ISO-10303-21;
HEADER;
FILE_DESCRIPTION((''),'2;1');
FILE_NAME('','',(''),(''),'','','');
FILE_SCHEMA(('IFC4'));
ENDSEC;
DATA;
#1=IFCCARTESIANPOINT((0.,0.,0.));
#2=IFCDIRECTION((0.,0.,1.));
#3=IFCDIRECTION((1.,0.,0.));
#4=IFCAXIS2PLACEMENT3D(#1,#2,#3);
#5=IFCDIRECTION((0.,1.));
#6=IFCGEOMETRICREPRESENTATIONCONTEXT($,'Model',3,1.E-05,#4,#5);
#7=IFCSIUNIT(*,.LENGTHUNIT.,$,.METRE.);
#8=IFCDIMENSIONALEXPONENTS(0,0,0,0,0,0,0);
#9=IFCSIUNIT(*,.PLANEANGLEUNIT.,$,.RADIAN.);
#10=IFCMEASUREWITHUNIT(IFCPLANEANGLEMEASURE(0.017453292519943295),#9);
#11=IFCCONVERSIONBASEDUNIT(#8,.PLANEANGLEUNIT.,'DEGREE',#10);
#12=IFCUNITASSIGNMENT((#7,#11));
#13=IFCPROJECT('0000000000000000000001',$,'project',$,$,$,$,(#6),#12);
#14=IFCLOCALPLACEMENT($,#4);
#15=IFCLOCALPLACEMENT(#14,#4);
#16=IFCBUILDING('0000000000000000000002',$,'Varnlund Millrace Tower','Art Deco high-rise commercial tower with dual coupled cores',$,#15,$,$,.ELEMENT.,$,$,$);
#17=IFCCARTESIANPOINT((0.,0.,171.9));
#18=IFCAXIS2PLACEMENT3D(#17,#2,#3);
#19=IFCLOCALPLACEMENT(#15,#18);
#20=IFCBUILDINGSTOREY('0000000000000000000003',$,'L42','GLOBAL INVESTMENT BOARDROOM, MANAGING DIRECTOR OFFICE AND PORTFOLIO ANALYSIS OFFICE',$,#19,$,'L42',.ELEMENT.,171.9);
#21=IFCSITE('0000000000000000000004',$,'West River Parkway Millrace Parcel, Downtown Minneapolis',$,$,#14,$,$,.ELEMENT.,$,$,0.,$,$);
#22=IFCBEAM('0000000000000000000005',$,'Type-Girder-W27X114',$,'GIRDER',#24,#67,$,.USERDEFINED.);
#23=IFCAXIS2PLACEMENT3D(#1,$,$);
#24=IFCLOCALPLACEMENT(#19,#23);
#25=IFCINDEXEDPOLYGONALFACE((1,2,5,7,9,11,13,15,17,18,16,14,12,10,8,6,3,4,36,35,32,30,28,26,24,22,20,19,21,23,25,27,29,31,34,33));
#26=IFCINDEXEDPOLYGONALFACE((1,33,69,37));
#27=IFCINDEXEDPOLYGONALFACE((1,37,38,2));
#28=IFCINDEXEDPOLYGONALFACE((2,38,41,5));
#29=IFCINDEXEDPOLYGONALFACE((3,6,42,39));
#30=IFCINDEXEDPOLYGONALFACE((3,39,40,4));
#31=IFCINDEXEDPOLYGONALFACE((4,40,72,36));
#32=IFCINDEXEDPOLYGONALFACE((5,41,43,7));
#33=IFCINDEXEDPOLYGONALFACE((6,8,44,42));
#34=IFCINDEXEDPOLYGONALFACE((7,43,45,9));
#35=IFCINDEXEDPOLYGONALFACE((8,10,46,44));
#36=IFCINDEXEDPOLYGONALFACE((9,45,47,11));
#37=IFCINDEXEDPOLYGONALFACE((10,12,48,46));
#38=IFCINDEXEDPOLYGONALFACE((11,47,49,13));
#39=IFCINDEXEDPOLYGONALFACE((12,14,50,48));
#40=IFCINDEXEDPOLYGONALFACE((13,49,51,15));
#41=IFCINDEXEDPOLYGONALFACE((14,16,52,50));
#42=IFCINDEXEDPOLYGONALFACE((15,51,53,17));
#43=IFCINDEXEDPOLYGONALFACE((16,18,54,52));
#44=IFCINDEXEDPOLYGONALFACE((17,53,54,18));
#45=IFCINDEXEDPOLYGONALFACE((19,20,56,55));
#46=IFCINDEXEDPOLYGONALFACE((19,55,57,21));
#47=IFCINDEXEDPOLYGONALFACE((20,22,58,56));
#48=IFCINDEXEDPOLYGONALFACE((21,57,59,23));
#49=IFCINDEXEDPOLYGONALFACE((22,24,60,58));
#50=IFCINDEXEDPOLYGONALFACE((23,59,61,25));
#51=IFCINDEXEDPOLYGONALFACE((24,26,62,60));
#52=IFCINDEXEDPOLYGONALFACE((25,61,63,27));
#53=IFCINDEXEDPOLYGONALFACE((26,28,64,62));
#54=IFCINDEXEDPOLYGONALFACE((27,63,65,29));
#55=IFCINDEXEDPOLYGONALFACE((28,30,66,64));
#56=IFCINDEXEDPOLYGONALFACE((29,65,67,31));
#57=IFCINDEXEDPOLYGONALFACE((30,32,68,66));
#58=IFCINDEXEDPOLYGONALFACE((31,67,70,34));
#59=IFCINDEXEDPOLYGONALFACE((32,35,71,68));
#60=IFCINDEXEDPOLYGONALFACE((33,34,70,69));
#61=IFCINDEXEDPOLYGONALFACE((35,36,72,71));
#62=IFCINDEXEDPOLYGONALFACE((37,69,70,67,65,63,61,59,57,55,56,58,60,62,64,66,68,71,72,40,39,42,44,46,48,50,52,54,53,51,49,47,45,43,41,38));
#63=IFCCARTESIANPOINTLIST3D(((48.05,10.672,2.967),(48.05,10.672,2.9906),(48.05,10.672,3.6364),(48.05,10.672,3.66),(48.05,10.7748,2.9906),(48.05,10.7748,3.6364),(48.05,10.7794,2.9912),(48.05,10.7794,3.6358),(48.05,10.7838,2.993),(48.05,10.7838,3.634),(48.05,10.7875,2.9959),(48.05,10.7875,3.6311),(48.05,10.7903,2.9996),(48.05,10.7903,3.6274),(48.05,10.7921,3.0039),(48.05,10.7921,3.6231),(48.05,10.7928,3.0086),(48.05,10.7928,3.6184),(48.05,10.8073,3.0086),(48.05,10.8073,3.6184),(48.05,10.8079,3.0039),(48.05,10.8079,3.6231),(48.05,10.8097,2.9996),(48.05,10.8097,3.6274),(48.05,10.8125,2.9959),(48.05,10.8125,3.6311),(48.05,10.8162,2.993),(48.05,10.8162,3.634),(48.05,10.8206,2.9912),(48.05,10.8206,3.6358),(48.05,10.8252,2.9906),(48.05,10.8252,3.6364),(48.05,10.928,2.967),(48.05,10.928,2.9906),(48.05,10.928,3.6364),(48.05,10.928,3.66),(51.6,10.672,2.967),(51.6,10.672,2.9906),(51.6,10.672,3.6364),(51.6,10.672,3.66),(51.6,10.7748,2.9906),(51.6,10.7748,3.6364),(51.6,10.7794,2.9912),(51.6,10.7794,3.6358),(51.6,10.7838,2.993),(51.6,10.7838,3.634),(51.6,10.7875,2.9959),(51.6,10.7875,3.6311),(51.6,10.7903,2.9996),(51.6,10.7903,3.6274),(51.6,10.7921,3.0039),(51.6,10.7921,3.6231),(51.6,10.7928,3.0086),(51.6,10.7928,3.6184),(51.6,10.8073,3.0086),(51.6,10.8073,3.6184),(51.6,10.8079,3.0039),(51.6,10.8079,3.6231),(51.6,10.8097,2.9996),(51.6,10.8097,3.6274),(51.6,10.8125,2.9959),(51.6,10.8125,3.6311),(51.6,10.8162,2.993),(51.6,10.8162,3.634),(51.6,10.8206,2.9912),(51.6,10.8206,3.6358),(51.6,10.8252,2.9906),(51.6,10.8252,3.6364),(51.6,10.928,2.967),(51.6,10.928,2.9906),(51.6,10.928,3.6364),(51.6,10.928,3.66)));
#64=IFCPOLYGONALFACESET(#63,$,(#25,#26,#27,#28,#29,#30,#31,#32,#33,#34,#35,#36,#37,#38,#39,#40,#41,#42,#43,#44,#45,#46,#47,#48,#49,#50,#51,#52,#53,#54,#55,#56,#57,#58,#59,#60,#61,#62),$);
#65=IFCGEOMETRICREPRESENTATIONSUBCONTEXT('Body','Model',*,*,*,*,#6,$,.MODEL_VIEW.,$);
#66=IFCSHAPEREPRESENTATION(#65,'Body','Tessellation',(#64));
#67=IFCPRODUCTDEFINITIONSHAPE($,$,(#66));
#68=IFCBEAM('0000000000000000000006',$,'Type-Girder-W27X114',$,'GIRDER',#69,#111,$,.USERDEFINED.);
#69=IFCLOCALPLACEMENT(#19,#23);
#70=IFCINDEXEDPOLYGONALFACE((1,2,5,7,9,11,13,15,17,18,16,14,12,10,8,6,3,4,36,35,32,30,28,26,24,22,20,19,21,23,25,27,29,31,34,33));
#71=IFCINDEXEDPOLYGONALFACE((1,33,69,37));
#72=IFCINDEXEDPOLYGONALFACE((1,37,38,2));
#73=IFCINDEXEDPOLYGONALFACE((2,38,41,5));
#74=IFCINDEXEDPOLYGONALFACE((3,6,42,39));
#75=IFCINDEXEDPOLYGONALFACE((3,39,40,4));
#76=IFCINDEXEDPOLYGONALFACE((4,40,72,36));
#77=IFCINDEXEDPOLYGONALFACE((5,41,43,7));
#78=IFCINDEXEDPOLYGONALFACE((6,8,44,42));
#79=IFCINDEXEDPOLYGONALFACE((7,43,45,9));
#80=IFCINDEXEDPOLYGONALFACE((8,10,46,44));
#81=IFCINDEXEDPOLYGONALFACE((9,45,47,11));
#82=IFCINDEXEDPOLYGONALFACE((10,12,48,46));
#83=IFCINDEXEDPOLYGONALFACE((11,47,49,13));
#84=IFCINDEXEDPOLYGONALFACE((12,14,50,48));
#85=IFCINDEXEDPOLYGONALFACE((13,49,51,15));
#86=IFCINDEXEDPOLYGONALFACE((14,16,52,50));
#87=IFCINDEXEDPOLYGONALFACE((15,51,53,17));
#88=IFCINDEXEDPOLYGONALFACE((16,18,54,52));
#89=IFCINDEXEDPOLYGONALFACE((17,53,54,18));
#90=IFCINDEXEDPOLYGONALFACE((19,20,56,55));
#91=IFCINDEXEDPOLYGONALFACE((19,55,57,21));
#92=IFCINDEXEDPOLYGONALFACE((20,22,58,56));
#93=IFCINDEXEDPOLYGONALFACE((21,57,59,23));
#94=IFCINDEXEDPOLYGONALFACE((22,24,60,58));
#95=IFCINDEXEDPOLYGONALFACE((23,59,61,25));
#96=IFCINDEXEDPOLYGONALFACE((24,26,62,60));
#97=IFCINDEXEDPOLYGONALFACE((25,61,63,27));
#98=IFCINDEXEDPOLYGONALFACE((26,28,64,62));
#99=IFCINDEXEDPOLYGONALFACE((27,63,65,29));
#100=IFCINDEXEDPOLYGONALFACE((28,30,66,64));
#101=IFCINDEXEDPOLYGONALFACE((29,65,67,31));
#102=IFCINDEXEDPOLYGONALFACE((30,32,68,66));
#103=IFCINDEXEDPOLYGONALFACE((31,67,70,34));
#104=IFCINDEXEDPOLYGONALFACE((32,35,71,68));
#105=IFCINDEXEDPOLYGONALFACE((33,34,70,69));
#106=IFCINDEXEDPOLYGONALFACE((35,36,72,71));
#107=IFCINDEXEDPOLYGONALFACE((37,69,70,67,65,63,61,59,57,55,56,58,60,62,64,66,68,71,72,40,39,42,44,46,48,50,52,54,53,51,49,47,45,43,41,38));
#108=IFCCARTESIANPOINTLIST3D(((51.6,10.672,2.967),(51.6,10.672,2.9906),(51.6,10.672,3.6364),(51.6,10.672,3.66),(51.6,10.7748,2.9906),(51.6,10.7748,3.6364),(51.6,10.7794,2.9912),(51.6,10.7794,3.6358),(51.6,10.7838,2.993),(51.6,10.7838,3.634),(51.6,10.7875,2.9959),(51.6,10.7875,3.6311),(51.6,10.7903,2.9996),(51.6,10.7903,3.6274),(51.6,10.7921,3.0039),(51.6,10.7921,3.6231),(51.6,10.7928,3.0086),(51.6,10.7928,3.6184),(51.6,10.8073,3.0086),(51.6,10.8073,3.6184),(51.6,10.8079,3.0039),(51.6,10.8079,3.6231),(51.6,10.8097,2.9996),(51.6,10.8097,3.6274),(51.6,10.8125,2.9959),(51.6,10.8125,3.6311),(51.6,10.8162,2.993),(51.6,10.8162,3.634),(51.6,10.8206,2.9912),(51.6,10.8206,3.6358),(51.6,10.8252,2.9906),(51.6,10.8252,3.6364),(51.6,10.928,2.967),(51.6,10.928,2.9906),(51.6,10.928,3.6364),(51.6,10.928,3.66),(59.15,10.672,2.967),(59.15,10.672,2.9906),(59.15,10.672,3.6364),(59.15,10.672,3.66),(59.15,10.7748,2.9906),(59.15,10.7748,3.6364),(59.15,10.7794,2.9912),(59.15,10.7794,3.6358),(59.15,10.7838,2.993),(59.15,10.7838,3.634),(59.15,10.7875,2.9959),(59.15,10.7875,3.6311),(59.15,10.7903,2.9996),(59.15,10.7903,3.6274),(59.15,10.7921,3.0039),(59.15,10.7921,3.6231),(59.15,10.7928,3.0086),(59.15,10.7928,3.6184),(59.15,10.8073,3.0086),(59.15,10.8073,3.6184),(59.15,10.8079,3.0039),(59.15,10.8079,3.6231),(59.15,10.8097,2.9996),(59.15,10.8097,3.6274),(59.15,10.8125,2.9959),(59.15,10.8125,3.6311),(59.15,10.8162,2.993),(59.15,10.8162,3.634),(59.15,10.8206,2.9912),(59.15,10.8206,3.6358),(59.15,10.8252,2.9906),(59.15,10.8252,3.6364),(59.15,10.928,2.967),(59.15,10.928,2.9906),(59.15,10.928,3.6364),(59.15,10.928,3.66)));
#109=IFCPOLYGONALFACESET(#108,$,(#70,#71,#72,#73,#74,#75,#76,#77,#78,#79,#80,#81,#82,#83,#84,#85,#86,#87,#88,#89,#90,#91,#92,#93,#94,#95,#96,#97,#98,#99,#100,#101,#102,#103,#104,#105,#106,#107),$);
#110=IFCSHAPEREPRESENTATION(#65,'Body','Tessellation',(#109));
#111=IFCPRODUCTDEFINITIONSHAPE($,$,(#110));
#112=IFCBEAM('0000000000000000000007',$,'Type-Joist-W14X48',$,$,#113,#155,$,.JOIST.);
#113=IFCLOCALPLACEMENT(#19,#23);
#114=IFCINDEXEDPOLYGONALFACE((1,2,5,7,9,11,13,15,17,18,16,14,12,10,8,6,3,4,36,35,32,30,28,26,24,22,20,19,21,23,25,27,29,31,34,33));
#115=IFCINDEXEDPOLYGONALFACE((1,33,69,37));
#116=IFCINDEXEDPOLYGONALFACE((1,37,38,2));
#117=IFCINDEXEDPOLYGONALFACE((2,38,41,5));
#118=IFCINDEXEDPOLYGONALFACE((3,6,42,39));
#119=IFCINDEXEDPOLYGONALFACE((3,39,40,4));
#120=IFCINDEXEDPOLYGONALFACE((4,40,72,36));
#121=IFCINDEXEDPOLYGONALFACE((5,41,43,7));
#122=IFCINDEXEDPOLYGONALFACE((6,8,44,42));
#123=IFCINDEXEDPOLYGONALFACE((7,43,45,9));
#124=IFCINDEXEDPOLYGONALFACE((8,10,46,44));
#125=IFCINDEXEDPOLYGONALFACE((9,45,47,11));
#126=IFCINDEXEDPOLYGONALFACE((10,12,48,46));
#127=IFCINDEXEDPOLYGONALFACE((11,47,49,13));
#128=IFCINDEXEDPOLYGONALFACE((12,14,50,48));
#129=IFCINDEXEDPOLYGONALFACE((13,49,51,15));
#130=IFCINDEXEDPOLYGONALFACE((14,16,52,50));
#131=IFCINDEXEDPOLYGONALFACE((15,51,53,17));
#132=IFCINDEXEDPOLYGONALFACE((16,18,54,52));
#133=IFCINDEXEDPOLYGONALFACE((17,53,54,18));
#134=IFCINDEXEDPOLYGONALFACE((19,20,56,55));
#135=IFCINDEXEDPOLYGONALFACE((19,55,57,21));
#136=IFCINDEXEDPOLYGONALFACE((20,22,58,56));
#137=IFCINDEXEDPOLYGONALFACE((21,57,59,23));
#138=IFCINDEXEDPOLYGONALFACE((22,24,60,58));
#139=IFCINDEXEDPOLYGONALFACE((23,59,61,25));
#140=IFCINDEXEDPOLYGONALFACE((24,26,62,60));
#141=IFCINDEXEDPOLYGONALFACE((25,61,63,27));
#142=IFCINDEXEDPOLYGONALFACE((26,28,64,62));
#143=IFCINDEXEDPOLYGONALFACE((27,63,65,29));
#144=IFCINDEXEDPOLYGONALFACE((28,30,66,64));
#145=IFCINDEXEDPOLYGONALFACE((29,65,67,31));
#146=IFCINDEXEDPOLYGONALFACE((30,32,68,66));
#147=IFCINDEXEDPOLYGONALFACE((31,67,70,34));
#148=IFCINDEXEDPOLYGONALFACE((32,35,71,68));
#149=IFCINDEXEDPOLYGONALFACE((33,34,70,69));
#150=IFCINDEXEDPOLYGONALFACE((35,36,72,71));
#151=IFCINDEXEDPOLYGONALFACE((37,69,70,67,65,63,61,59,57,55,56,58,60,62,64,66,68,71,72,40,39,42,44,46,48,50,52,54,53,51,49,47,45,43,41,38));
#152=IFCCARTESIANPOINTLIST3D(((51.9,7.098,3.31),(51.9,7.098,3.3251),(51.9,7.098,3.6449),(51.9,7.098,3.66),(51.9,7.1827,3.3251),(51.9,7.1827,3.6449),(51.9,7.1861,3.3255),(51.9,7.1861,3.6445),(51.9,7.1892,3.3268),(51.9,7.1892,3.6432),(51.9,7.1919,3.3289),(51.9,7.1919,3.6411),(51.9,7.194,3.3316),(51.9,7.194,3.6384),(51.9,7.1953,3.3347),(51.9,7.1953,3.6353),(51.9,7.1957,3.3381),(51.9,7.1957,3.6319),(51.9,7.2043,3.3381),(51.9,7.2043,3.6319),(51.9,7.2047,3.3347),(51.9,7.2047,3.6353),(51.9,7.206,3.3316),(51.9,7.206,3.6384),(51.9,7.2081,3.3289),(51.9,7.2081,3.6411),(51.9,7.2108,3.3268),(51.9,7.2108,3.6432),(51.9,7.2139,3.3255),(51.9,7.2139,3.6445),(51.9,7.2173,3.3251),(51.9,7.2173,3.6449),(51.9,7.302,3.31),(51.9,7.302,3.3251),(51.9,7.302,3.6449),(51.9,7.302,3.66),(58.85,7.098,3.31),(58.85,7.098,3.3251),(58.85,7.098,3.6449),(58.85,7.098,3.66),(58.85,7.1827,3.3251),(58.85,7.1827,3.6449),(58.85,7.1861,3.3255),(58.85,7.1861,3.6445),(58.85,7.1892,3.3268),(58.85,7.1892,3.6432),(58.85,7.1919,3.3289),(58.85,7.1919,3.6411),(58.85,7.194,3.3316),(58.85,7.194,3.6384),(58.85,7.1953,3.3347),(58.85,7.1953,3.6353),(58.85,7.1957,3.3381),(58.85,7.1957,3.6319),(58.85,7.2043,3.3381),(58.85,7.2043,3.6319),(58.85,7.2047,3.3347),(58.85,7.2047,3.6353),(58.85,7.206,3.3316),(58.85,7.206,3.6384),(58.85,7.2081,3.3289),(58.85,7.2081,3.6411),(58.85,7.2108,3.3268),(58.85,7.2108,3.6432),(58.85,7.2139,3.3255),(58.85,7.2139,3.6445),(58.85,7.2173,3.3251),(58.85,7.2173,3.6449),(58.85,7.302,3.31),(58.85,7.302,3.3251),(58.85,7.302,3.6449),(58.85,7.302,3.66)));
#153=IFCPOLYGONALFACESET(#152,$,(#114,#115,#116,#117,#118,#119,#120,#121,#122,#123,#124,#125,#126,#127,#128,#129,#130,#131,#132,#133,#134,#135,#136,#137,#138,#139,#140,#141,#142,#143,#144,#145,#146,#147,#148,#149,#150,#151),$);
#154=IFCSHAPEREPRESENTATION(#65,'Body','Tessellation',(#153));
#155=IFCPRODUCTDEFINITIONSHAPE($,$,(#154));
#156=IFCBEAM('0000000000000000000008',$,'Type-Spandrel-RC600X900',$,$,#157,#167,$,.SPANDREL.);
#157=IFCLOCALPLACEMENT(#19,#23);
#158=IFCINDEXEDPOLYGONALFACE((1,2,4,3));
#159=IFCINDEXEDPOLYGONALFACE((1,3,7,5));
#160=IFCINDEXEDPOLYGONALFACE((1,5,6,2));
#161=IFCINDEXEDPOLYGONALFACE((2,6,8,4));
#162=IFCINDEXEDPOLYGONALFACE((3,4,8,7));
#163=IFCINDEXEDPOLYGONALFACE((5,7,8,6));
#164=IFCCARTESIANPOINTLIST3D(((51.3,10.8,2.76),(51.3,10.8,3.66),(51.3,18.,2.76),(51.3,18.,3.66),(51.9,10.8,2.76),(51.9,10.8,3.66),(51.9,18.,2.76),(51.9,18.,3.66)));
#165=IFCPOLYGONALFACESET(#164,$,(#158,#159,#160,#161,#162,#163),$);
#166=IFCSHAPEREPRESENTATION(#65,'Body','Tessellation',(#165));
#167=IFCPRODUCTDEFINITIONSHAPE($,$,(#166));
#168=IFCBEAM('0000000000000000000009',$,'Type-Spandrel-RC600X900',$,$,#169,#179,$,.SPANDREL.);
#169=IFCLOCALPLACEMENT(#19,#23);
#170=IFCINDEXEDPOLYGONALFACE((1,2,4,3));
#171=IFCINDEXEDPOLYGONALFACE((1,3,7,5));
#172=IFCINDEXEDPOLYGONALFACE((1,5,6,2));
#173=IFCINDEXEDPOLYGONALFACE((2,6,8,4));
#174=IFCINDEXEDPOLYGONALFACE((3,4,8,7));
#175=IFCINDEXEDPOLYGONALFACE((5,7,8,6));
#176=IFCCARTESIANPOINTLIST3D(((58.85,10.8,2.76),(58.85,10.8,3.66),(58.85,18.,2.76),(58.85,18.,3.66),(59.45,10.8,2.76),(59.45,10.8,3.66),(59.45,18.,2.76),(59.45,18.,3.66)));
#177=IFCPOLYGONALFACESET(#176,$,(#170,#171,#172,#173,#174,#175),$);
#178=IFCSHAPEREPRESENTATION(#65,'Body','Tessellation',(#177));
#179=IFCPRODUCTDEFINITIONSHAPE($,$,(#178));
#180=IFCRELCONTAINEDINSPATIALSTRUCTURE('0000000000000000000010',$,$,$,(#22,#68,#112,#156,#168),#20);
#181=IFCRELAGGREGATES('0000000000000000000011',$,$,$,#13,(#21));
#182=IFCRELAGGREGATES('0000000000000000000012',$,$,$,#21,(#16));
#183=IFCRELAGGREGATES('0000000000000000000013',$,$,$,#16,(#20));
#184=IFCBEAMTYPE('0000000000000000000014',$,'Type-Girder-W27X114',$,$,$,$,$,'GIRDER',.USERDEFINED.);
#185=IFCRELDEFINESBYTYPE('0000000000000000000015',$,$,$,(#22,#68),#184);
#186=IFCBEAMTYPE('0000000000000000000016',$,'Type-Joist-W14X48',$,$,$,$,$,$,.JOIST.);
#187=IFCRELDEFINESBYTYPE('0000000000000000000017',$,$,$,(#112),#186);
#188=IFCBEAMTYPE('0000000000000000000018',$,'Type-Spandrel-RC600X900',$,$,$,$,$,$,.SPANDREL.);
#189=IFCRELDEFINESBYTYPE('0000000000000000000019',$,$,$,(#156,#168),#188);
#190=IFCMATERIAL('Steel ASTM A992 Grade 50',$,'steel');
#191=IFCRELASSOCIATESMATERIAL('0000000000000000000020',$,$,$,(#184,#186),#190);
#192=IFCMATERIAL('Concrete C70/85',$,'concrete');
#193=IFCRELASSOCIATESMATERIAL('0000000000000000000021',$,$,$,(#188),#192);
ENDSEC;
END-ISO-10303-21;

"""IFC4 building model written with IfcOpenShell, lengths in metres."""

from ifc_helpers import new_model, entity, si_unit, converted_unit, direction, frame, origin_with_axes, origin_2d_with_axis, place, context, subcontext, project, spatial, rectangle, i_section, extrude, material, material_profile, profile_set, type_object, element, save


model = new_model("IFC4")

# Units and contexts
model_context = context("Model", 3, precision=1e-05, world=origin_with_axes(), true_north=direction((0.0, 1.0)))
body_context = subcontext(model_context, "Body", "Model", "MODEL_VIEW")
ifc_project = project(units=[si_unit("LENGTHUNIT", "METRE"), converted_unit("PLANEANGLEUNIT", "DEGREE", entity("IfcPlaneAngleMeasure", 0.017453292519943295), si_unit("PLANEANGLEUNIT", "RADIAN"), dimensions=[0, 0, 0, 0, 0, 0, 0])], contexts=[model_context])

# Site, building, storey
site_placement = place(None, origin_with_axes())
site = spatial("IfcSite", under=ifc_project, at=site_placement, Name="West River Parkway Millrace Parcel, Downtown Minneapolis", CompositionType="ELEMENT", RefElevation=0.0)
building_placement = place(site_placement, origin_with_axes())
building = spatial("IfcBuilding", under=site, at=building_placement, Name="Varnlund Millrace Tower", Description="Art Deco high-rise commercial tower with dual coupled cores", CompositionType="ELEMENT")
storey_placement = place(building_placement, frame((0.0, 0.0, 171.9), z_axis=(0.0, 0.0, 1.0), x_axis=(1.0, 0.0, 0.0)))
storey = spatial("IfcBuildingStorey", under=building, at=storey_placement, Name="L42", Description="GLOBAL INVESTMENT BOARDROOM, MANAGING DIRECTOR OFFICE AND PORTFOLIO ANALYSIS OFFICE", LongName="L42", CompositionType="ELEMENT", Elevation=171.9)

# Beams
ifc_material_1 = material(Name="Steel ASTM A992 Grade 50", Category="steel")
ifc_material_profile_1 = material_profile(ifc_material_1, i_section(OverallWidth=0.256, OverallDepth=0.693, WebThickness=0.0145, FlangeThickness=0.0236, FilletRadius=0.018, at=origin_2d_with_axis()), Name="Steel ASTM A992 Grade 50")
ifc_profile_set_1 = profile_set([ifc_material_profile_1], Name="Steel ASTM A992 Grade 50")
beam_type_1 = type_object("IfcBeamType", Name="Type-Girder-W27X114", ElementType="GIRDER", PredefinedType="USERDEFINED", material=ifc_profile_set_1)
beam_1_placement = place(storey_placement, frame((48.05, 10.8, 3.3135), z_axis=(1.0, 0.0, 0.0), x_axis=(0.0, 1.0, 0.0)))
element("IfcBeam", 1, at=beam_1_placement, inside=storey, type_object=beam_type_1, Name="Type-Girder-W27X114", ObjectType="GIRDER", PredefinedType="USERDEFINED", context=body_context, shape_type="SweptSolid", body=[
    extrude(i_section(OverallWidth=0.256, OverallDepth=0.693, WebThickness=0.0145, FlangeThickness=0.0236, FilletRadius=0.018, at=origin_2d_with_axis()), origin_with_axes(), (0.0, 0.0, 1.0), 3.55),
])
beam_2_placement = place(storey_placement, frame((51.6, 10.8, 3.3135), z_axis=(1.0, 0.0, 0.0), x_axis=(0.0, 1.0, 0.0)))
element("IfcBeam", 2, at=beam_2_placement, inside=storey, type_object=beam_type_1, Name="Type-Girder-W27X114", ObjectType="GIRDER", PredefinedType="USERDEFINED", context=body_context, shape_type="SweptSolid", body=[
    extrude(i_section(OverallWidth=0.256, OverallDepth=0.693, WebThickness=0.0145, FlangeThickness=0.0236, FilletRadius=0.018, at=origin_2d_with_axis()), origin_with_axes(), (0.0, 0.0, 1.0), 7.55),
])
ifc_material_profile_2 = material_profile(ifc_material_1, i_section(OverallWidth=0.204, OverallDepth=0.35, WebThickness=0.0086, FlangeThickness=0.0151, FilletRadius=0.013, at=origin_2d_with_axis()), Name="Steel ASTM A992 Grade 50")
ifc_profile_set_2 = profile_set([ifc_material_profile_2], Name="Steel ASTM A992 Grade 50")
beam_type_2 = type_object("IfcBeamType", Name="Type-Joist-W14X48", PredefinedType="JOIST", material=ifc_profile_set_2)
beam_3_placement = place(storey_placement, frame((51.9, 7.2, 3.485), z_axis=(1.0, 0.0, 0.0), x_axis=(0.0, 1.0, 0.0)))
element("IfcBeam", 3, at=beam_3_placement, inside=storey, type_object=beam_type_2, Name="Type-Joist-W14X48", PredefinedType="JOIST", context=body_context, shape_type="SweptSolid", body=[
    extrude(i_section(OverallWidth=0.204, OverallDepth=0.35, WebThickness=0.0086, FlangeThickness=0.0151, FilletRadius=0.013, at=origin_2d_with_axis()), origin_with_axes(), (0.0, 0.0, 1.0), 6.95),
])
ifc_material_2 = material(Name="Concrete C70/85", Category="concrete")
ifc_material_profile_3 = material_profile(ifc_material_2, rectangle(XDim=0.6, YDim=0.9, at=origin_2d_with_axis()), Name="Concrete C70/85")
ifc_profile_set_3 = profile_set([ifc_material_profile_3], Name="Concrete C70/85")
beam_type_3 = type_object("IfcBeamType", Name="Type-Spandrel-RC600X900", PredefinedType="SPANDREL", material=ifc_profile_set_3)
for number, where, z_axis, x_axis, name in (
    (4, (51.6, 10.8, 3.21), (0.0, 1.0, 0.0), (-1.0, 0.0, 0.0), "Type-Spandrel-RC600X900"),
    (5, (59.15, 10.8, 3.21), (0.0, 1.0, 0.0), (-1.0, 0.0, 0.0), "Type-Spandrel-RC600X900"),
):
    element("IfcBeam", number, at=place(storey_placement, frame(where, z_axis=z_axis, x_axis=x_axis)), inside=storey, type_object=beam_type_3, Name=name, PredefinedType="SPANDREL", context=body_context, shape_type="SweptSolid", body=[
        extrude(rectangle(XDim=0.6, YDim=0.9, at=origin_2d_with_axis()), origin_with_axes(), (0.0, 0.0, 1.0), 7.2),
    ])

save(model, "model.ifc")
